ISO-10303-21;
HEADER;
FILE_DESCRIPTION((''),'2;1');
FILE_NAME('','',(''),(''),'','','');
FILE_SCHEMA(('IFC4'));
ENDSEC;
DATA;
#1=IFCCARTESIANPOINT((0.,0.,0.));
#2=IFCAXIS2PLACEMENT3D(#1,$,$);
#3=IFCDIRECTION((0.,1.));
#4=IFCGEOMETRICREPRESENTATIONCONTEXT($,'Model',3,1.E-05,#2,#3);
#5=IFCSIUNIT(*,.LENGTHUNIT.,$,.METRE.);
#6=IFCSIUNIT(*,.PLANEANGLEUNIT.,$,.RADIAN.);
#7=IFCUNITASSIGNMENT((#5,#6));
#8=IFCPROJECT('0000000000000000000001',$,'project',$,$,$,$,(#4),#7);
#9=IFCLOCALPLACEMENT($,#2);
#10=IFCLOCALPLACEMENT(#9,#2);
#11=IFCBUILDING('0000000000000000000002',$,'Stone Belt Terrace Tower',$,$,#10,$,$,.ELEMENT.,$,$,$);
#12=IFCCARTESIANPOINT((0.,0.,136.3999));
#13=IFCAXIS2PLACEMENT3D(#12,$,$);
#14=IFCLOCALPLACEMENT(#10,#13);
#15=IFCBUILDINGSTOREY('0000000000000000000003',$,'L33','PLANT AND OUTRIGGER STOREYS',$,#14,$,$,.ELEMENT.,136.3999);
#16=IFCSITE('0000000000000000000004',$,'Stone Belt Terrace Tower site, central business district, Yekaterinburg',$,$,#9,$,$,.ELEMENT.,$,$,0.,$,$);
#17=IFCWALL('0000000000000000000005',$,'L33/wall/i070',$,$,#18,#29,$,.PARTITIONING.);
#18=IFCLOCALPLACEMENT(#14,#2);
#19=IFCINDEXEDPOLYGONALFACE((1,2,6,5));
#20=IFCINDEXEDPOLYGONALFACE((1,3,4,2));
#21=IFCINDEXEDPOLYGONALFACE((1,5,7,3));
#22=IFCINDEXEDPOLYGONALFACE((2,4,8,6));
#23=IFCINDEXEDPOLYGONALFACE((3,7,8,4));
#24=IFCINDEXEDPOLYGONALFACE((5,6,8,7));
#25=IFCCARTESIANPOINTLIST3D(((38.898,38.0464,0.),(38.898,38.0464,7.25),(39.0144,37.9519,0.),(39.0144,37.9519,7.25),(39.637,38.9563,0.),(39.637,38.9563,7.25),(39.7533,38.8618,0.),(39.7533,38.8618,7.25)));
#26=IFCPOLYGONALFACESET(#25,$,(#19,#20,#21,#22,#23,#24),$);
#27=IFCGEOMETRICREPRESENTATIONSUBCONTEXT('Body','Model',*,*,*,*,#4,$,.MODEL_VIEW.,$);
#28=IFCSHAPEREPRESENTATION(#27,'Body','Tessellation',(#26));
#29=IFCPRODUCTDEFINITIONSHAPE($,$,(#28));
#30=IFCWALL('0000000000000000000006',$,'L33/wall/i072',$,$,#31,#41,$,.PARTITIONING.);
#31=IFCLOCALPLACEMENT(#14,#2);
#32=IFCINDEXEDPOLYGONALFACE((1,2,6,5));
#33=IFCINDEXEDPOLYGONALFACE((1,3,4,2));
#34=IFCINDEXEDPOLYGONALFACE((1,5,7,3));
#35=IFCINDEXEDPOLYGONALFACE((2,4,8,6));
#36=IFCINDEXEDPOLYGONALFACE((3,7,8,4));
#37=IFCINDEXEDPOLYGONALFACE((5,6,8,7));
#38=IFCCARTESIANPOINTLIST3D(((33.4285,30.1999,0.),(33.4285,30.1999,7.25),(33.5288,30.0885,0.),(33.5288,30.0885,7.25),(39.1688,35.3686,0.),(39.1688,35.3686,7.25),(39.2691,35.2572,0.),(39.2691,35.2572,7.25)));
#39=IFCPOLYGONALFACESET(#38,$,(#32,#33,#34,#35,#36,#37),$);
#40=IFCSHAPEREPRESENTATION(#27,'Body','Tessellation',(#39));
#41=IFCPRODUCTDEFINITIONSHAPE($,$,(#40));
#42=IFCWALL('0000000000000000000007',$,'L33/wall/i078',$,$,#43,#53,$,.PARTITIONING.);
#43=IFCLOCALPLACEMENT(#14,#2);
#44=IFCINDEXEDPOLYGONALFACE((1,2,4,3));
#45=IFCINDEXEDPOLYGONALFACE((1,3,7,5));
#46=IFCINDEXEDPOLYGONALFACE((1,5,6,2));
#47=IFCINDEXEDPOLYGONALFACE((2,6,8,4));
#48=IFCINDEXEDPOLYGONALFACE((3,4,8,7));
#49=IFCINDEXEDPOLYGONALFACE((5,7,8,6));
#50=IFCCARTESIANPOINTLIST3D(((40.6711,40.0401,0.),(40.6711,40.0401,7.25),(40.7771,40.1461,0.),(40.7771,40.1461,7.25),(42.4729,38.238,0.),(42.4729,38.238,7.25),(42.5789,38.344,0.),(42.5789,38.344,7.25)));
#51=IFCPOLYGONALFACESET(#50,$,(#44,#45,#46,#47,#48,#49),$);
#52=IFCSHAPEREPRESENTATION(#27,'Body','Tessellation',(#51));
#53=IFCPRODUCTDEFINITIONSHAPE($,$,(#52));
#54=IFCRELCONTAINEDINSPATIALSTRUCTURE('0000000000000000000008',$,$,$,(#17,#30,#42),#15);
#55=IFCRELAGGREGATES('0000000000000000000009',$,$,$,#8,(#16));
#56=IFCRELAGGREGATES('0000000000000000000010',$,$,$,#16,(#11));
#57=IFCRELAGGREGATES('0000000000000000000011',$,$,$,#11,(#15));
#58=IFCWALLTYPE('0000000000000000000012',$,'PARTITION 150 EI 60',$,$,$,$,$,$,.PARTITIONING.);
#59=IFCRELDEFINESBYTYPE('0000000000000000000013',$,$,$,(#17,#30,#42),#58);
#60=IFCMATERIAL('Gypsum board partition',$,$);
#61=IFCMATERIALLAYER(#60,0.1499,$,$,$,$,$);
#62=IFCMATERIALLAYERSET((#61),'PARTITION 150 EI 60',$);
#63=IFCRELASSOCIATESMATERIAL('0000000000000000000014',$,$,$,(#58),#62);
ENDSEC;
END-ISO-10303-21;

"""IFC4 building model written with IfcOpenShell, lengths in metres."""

from ifc_helpers import new_model, si_unit, direction, frame, frame_2d, origin, place, context, subcontext, project, spatial, rectangle, extrude, material, layer, layer_set, type_object, element, save


model = new_model("IFC4")

# Units and contexts
model_context = context("Model", 3, precision=1e-05, world=origin(), true_north=direction((0.0, 1.0)))
body_context = subcontext(model_context, "Body", "Model", "MODEL_VIEW")
ifc_project = project(units=[si_unit("LENGTHUNIT", "METRE"), si_unit("PLANEANGLEUNIT", "RADIAN")], contexts=[model_context])

# Site, building, storey
site_placement = place(None, origin())
site = spatial("IfcSite", under=ifc_project, at=site_placement, Name="Stone Belt Terrace Tower site, central business district, Yekaterinburg", CompositionType="ELEMENT", RefElevation=0.0)
building_placement = place(site_placement, origin())
building = spatial("IfcBuilding", under=site, at=building_placement, Name="Stone Belt Terrace Tower", CompositionType="ELEMENT")
storey_placement = place(building_placement, frame((0.0, 0.0, 136.3999)))
storey = spatial("IfcBuildingStorey", under=building, at=storey_placement, Name="L33", Description="PLANT AND OUTRIGGER STOREYS", CompositionType="ELEMENT", Elevation=136.3999)

# Shared definitions
ifc_material_1 = material(Name="Gypsum board partition")
ifc_layer_1 = layer(ifc_material_1, 0.1499)
ifc_layer_set_1 = layer_set([ifc_layer_1], Name="PARTITION 150 EI 60")
wall_type = type_object("IfcWallType", Name="PARTITION 150 EI 60", PredefinedType="PARTITIONING", material=ifc_layer_set_1)

# Walls
wall_1_placement = place(storey_placement, frame((39.6951, 38.9089, 0.0), z_axis=(0.0, 0.0, 1.0), x_axis=(-0.630444, -0.776235, 0.0)))
element("IfcWall", 1, at=wall_1_placement, inside=storey, type_object=wall_type, Name="L33/wall/i070", PredefinedType="PARTITIONING", context=body_context, shape_type="SweptSolid", body=[
    extrude(rectangle(XDim=1.1721, YDim=0.1499, at=frame_2d((0.5859, 0.0))), origin(), (0.0, 0.0, 1.0), 7.25),
])
wall_2_placement = place(storey_placement, frame((39.219, 35.313, 0.0), z_axis=(0.0, 0.0, 1.0), x_axis=(-0.743134, -0.669143, 0.0)))
element("IfcWall", 2, at=wall_2_placement, inside=storey, type_object=wall_type, Name="L33/wall/i072", PredefinedType="PARTITIONING", context=body_context, shape_type="SweptSolid", body=[
    extrude(rectangle(XDim=7.7244, YDim=0.1499, at=frame_2d((3.8623, 0.0))), origin(), (0.0, 0.0, 1.0), 7.25),
])
wall_3_placement = place(storey_placement, frame((42.5259, 38.291, 0.0), z_axis=(0.0, 0.0, 1.0), x_axis=(-0.707059, 0.707155, 0.0)))
element("IfcWall", 3, at=wall_3_placement, inside=storey, type_object=wall_type, Name="L33/wall/i078", PredefinedType="PARTITIONING", context=body_context, shape_type="SweptSolid", body=[
    extrude(rectangle(XDim=2.5483, YDim=0.1499, at=frame_2d((1.2742, 0.0))), origin(), (0.0, 0.0, 1.0), 7.25),
])

save(model, "model.ifc")
